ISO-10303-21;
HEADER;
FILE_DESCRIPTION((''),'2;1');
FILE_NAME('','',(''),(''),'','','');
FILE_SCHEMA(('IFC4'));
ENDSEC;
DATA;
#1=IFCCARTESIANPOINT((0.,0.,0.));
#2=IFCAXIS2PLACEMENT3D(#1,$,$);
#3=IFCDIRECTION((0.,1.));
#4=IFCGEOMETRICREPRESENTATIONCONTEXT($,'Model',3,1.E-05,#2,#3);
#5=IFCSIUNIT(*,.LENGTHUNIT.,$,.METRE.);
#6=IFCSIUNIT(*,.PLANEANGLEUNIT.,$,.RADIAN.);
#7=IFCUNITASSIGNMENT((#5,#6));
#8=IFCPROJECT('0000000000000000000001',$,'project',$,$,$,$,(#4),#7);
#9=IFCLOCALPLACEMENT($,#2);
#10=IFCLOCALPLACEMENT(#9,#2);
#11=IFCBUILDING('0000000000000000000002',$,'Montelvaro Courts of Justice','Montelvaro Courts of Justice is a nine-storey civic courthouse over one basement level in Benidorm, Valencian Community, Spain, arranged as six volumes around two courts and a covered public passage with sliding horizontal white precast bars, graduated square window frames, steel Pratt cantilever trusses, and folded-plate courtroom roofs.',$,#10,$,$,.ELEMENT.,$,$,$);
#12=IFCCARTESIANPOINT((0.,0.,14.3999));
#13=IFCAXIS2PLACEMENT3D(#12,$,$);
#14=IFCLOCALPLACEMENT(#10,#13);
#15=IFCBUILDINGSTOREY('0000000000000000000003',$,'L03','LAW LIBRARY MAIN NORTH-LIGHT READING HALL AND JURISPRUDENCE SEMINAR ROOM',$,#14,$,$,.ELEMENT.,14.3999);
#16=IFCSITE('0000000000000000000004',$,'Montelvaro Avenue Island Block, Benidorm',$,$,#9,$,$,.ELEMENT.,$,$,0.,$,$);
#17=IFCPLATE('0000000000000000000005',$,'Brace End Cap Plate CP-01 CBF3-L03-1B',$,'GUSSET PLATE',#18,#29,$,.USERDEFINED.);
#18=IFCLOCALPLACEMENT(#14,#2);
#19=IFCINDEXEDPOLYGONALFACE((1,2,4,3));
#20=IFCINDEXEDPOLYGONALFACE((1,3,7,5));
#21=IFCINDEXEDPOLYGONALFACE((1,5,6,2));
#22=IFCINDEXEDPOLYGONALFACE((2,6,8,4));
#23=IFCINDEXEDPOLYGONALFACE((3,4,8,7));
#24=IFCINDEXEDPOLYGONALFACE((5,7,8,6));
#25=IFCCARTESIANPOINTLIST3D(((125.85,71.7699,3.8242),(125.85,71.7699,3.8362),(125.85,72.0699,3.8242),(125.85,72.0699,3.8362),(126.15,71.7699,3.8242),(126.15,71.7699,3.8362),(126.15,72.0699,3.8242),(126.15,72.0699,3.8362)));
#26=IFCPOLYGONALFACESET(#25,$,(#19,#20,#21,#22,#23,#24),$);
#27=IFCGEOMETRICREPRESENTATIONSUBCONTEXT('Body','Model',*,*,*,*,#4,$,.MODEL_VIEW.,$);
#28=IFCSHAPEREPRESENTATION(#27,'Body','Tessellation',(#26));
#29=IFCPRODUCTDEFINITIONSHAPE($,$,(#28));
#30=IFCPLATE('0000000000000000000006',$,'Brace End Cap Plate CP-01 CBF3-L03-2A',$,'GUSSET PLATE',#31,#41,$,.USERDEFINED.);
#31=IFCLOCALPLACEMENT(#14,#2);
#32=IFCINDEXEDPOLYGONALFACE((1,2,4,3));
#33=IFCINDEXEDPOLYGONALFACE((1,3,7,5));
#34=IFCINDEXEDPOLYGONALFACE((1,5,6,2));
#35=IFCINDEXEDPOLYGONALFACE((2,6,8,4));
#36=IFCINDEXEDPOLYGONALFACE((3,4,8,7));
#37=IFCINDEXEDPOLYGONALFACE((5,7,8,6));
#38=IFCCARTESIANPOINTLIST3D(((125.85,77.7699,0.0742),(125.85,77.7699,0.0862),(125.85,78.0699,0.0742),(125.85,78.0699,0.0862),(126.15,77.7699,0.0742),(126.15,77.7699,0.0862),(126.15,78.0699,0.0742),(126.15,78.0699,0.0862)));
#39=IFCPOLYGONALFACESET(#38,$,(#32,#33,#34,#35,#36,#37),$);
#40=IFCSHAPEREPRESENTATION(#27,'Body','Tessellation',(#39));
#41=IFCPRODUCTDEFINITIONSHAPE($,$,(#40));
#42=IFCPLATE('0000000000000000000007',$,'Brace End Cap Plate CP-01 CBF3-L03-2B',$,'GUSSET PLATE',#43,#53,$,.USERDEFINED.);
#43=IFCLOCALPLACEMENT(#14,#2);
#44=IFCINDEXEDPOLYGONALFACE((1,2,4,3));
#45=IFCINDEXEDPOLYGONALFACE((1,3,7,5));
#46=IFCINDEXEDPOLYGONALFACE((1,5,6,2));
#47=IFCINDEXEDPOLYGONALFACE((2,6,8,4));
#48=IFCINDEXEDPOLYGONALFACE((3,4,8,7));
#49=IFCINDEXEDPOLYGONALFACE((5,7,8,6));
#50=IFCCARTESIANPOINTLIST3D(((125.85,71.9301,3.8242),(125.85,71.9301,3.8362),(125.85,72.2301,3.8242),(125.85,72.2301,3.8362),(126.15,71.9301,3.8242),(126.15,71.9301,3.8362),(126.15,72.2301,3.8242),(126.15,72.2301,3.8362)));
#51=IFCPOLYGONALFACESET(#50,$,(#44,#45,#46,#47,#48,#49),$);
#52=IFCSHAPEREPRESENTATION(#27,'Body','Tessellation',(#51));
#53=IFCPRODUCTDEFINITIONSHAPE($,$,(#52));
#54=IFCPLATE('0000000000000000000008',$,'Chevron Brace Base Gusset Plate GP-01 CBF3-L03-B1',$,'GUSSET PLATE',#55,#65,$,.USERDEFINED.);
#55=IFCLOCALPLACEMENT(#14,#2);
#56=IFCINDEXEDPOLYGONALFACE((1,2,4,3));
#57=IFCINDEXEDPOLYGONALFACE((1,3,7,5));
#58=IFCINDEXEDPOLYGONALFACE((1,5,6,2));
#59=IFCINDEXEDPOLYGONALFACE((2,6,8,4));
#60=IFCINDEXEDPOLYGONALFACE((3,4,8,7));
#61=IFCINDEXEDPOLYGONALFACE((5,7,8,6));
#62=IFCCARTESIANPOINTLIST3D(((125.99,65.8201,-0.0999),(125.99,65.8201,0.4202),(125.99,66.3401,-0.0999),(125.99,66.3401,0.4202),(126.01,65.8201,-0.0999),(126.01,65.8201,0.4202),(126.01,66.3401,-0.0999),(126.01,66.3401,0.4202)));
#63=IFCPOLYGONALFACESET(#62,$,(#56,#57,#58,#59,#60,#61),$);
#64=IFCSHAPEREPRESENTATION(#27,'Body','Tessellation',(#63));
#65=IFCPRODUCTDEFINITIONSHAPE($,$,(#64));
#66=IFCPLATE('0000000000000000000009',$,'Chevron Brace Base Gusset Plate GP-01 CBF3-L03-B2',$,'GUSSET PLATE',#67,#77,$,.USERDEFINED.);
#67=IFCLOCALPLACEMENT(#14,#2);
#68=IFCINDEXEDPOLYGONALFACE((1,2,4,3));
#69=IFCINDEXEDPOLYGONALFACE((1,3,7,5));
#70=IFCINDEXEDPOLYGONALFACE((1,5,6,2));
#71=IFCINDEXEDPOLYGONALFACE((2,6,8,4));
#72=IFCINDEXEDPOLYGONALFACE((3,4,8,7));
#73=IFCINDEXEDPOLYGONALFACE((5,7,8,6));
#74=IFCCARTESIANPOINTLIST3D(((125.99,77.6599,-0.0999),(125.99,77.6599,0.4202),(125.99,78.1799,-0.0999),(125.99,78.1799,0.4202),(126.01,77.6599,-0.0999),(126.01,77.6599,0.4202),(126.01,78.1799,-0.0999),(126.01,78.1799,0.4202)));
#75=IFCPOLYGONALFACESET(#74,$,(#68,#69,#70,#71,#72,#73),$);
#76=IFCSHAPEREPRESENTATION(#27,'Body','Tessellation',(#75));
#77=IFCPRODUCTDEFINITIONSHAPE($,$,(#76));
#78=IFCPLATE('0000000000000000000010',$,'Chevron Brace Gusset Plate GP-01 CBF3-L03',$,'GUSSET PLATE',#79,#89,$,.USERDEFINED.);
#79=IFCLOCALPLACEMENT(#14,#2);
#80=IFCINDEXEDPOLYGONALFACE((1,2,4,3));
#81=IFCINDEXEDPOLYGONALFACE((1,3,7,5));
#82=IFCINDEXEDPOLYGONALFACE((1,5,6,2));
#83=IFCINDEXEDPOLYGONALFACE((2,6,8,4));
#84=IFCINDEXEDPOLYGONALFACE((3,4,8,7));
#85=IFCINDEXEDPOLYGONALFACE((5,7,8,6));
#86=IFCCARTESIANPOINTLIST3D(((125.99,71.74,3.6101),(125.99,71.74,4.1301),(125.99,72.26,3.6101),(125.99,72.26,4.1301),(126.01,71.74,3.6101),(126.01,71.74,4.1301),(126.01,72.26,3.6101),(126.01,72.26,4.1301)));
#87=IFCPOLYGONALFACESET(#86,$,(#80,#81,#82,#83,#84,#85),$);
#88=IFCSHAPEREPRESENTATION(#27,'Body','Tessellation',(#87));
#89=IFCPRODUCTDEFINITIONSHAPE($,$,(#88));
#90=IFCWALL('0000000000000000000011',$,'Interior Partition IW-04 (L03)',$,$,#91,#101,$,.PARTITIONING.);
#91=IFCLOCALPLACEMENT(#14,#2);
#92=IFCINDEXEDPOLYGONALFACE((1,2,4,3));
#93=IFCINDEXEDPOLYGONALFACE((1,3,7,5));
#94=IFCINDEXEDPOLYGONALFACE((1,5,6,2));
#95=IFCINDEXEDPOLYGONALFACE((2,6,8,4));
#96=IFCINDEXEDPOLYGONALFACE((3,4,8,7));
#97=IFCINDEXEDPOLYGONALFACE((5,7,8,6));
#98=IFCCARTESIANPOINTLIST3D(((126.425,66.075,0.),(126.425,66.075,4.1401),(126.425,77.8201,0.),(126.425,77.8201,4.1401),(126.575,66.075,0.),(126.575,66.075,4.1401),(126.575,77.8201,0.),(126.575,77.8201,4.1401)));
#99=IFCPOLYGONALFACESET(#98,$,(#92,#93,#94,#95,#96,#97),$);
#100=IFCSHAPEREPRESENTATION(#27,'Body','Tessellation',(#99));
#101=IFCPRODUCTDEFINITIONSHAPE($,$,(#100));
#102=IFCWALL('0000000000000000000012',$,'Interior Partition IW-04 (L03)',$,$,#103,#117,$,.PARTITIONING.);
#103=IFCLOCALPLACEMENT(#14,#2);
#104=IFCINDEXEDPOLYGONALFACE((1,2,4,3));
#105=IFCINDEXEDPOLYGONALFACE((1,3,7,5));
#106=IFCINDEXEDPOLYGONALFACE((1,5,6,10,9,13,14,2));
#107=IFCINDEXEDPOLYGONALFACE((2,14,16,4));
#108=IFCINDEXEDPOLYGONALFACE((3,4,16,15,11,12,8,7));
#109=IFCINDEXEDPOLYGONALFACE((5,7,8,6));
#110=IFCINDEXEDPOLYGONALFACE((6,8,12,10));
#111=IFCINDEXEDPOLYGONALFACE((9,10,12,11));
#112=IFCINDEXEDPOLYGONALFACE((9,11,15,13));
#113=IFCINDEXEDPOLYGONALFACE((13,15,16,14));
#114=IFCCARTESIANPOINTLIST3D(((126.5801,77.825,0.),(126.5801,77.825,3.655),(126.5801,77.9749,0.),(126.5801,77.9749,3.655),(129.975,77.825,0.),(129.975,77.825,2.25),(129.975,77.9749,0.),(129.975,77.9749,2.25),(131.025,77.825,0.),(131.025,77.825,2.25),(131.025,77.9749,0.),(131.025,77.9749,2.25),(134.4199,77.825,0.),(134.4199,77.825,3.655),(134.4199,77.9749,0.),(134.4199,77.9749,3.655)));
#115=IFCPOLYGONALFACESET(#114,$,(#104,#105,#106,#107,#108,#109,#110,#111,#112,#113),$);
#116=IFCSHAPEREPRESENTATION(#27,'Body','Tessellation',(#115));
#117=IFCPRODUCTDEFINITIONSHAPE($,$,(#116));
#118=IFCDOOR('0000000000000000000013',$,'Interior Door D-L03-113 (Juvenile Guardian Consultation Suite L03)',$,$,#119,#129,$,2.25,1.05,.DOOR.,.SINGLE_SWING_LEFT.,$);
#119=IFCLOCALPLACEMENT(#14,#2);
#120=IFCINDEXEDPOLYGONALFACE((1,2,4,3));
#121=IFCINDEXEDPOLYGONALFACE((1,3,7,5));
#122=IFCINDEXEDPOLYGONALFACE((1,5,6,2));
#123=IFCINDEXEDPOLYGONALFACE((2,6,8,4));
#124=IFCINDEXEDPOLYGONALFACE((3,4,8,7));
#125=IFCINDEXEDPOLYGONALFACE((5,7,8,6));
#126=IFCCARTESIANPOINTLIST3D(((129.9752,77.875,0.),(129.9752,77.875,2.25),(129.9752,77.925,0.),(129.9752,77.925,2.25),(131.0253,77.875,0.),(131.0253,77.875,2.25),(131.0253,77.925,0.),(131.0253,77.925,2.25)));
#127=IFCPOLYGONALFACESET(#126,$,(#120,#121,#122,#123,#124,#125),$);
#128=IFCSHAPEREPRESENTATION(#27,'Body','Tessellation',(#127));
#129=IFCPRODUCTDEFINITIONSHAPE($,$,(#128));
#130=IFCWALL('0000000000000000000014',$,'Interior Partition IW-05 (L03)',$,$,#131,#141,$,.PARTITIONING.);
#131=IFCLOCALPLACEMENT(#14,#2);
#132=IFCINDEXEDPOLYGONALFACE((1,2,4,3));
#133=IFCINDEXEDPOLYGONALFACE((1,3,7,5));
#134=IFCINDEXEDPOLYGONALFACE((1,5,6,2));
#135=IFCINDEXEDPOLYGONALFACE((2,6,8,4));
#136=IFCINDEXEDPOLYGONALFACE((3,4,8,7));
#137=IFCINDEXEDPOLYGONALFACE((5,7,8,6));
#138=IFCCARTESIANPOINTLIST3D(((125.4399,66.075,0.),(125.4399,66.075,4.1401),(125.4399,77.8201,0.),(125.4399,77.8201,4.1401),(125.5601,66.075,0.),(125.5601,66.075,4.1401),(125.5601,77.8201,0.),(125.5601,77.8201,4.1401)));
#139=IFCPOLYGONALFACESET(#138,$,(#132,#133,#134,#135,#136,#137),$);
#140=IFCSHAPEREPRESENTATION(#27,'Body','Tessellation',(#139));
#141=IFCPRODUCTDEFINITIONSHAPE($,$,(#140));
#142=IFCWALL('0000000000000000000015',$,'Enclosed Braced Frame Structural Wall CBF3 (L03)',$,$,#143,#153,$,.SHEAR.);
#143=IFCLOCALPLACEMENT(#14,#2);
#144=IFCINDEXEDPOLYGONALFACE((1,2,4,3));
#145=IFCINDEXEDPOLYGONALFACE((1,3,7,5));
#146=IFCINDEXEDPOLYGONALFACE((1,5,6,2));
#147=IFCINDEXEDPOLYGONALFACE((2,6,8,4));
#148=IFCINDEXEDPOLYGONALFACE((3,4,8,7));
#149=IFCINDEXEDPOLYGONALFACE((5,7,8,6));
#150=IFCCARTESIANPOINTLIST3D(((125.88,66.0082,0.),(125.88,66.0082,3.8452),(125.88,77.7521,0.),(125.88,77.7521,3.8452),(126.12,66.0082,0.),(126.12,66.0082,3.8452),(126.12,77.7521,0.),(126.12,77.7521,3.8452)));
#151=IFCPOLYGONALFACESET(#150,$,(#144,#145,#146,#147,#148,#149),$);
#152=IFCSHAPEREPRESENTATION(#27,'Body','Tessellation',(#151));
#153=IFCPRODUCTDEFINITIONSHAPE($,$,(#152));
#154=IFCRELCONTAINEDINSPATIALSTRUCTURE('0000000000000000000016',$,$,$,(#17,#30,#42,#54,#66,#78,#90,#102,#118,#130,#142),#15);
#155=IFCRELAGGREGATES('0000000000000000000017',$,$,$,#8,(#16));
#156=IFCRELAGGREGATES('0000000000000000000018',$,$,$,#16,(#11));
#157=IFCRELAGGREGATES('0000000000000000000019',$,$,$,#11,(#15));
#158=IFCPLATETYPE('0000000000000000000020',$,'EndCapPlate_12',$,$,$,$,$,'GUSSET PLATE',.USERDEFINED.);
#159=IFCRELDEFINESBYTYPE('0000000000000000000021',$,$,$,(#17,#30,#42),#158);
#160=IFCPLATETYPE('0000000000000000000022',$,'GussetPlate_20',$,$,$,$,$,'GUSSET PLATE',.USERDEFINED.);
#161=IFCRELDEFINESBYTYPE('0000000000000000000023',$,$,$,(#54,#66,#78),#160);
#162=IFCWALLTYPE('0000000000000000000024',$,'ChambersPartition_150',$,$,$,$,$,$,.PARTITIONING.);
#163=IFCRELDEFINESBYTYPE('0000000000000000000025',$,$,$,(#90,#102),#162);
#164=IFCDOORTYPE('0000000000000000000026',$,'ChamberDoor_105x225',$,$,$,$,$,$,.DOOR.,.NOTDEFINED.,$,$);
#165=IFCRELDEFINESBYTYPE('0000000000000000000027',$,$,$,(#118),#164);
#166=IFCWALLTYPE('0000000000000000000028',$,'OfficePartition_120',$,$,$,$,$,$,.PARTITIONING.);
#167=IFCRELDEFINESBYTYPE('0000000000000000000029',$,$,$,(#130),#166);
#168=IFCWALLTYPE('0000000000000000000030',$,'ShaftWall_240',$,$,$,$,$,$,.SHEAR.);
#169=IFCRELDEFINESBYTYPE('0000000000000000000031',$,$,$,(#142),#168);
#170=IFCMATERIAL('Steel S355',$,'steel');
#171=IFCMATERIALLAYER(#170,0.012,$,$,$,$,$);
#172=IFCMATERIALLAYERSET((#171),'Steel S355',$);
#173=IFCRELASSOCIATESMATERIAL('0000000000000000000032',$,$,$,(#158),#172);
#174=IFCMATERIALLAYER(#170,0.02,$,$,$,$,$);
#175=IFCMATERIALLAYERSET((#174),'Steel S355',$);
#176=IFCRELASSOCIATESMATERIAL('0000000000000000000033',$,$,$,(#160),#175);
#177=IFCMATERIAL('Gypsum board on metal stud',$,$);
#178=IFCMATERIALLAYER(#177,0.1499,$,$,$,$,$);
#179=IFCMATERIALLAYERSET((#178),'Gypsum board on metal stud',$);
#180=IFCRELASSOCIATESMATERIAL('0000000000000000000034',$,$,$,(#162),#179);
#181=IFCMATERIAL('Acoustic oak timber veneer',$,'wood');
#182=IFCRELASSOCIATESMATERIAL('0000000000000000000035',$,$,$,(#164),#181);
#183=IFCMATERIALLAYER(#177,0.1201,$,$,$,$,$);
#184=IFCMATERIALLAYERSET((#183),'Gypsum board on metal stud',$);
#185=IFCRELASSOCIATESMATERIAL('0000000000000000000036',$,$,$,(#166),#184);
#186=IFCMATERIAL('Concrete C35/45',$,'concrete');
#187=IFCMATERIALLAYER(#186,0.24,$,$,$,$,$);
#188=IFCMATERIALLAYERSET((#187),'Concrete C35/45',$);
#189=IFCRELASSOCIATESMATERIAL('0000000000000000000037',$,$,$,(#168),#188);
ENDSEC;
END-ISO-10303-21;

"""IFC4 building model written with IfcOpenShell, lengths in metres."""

from ifc_helpers import new_model, si_unit, direction, frame, frame_2d, origin, origin_2d, place, context, subcontext, project, spatial, rectangle, extrude, material, layer, layer_set, type_object, element, fill, save


model = new_model("IFC4")

# Units and contexts
model_context = context("Model", 3, precision=1e-05, world=origin(), true_north=direction((0.0, 1.0)))
body_context = subcontext(model_context, "Body", "Model", "MODEL_VIEW")
ifc_project = project(units=[si_unit("LENGTHUNIT", "METRE"), si_unit("PLANEANGLEUNIT", "RADIAN")], contexts=[model_context])

# Site, building, storey
site_placement = place(None, origin())
site = spatial("IfcSite", under=ifc_project, at=site_placement, Name="Montelvaro Avenue Island Block, Benidorm", CompositionType="ELEMENT", RefElevation=0.0)
building_placement = place(site_placement, origin())
building = spatial("IfcBuilding", under=site, at=building_placement, Name="Montelvaro Courts of Justice", Description="Montelvaro Courts of Justice is a nine-storey civic courthouse over one basement level in Benidorm, Valencian Community, Spain, arranged as six volumes around two courts and a covered public passage with sliding horizontal white precast bars, graduated square window frames, steel Pratt cantilever trusses, and folded-plate courtroom roofs.", CompositionType="ELEMENT")
storey_placement = place(building_placement, frame((0.0, 0.0, 14.3999)))
storey = spatial("IfcBuildingStorey", under=building, at=storey_placement, Name="L03", Description="LAW LIBRARY MAIN NORTH-LIGHT READING HALL AND JURISPRUDENCE SEMINAR ROOM", CompositionType="ELEMENT", Elevation=14.3999)

# Shared definitions
ifc_material_1 = material(Name="Steel S355", Category="steel")

# Plates
ifc_layer_1 = layer(ifc_material_1, 0.012)
ifc_layer_set_1 = layer_set([ifc_layer_1], Name="Steel S355")
plate_type_1 = type_object("IfcPlateType", Name="EndCapPlate_12", ElementType="GUSSET PLATE", PredefinedType="USERDEFINED", material=ifc_layer_set_1)
for number, where, z_axis, x_axis, name in (
    (1, (126.0, 71.9199, 3.8242), (0.0, 0.0, 1.0), (1.0, 0.0, 0.0), "Brace End Cap Plate CP-01 CBF3-L03-1B"),
    (2, (126.0, 77.9199, 0.0742), (0.0, 0.0, 1.0), (1.0, 0.0, 0.0), "Brace End Cap Plate CP-01 CBF3-L03-2A"),
    (3, (126.0, 72.0801, 3.8242), (0.0, 0.0, 1.0), (1.0, 0.0, 0.0), "Brace End Cap Plate CP-01 CBF3-L03-2B"),
):
    element("IfcPlate", number, at=place(storey_placement, frame(where, z_axis=z_axis, x_axis=x_axis)), inside=storey, type_object=plate_type_1, Name=name, ObjectType="GUSSET PLATE", PredefinedType="USERDEFINED", context=body_context, shape_type="SweptSolid", body=[
        extrude(rectangle(XDim=0.3, YDim=0.3, at=origin_2d()), origin(), (0.0, 0.0, 1.0), 0.012),
    ])
ifc_layer_2 = layer(ifc_material_1, 0.02)
ifc_layer_set_2 = layer_set([ifc_layer_2], Name="Steel S355")
plate_type_2 = type_object("IfcPlateType", Name="GussetPlate_20", ElementType="GUSSET PLATE", PredefinedType="USERDEFINED", material=ifc_layer_set_2)
for number, where, z_axis, x_axis, name in (
    (4, (126.0, 66.0801, -0.0999), (0.0, 0.0, 1.0), (1.0, 0.0, 0.0), "Chevron Brace Base Gusset Plate GP-01 CBF3-L03-B1"),
    (5, (126.0, 77.9199, -0.0999), (0.0, 0.0, 1.0), (1.0, 0.0, 0.0), "Chevron Brace Base Gusset Plate GP-01 CBF3-L03-B2"),
    (6, (126.0, 72.0, 3.6101), (0.0, 0.0, 1.0), (1.0, 0.0, 0.0), "Chevron Brace Gusset Plate GP-01 CBF3-L03"),
):
    element("IfcPlate", number, at=place(storey_placement, frame(where, z_axis=z_axis, x_axis=x_axis)), inside=storey, type_object=plate_type_2, Name=name, ObjectType="GUSSET PLATE", PredefinedType="USERDEFINED", context=body_context, shape_type="SweptSolid", body=[
        extrude(rectangle(XDim=0.02, YDim=0.52, at=origin_2d()), origin(), (0.0, 0.0, 1.0), 0.52),
    ])

# Wall
ifc_material_2 = material(Name="Gypsum board on metal stud")
ifc_layer_3 = layer(ifc_material_2, 0.1499)
ifc_layer_set_3 = layer_set([ifc_layer_3], Name="Gypsum board on metal stud")
wall_type_1 = type_object("IfcWallType", Name="ChambersPartition_150", PredefinedType="PARTITIONING", material=ifc_layer_set_3)
wall_1_placement = place(storey_placement, frame((126.5, 66.075, 0.0), z_axis=(0.0, 0.0, 1.0), x_axis=(0.0, 1.0, 0.0)))
element("IfcWall", 7, at=wall_1_placement, inside=storey, type_object=wall_type_1, Name="Interior Partition IW-04 (L03)", PredefinedType="PARTITIONING", context=body_context, shape_type="SweptSolid", body=[
    extrude(rectangle(XDim=11.7451, YDim=0.1499, at=frame_2d((5.8726, 0.0))), origin(), (0.0, 0.0, 1.0), 4.1401),
])

# Wall, opening, door
wall_2_placement = place(storey_placement, frame((126.5801, 77.8999, 0.0), z_axis=(0.0, 0.0, 1.0), x_axis=(1.0, 0.0, 0.0)))
wall_2 = element("IfcWall", 8, at=wall_2_placement, inside=storey, type_object=wall_type_1, Name="Interior Partition IW-04 (L03)", PredefinedType="PARTITIONING", context=body_context, shape_type="SweptSolid", body=[
    extrude(rectangle(XDim=7.8398, YDim=0.1499, at=frame_2d((3.9199, 0.0))), origin(), (0.0, 0.0, 1.0), 3.655),
])
opening_placement = place(wall_2_placement, frame((3.395, 0.0, 0.0)))
opening = element("IfcOpeningElement", 9, at=opening_placement, cuts=wall_2, PredefinedType="OPENING", context=body_context, shape_type="SweptSolid", body=[
    extrude(rectangle(XDim=1.05, YDim=2.25, at=frame_2d((0.5249, 1.125))), frame((0.0, 0.0898, 0.0), z_axis=(0.0, -1.0, 0.0), x_axis=(1.0, 0.0, 0.0)), (0.0, 0.0, 1.0), 0.1797),
])
ifc_material_3 = material(Name="Acoustic oak timber veneer", Category="wood")
door_type = type_object("IfcDoorType", Name="ChamberDoor_105x225", OperationType="NOTDEFINED", PredefinedType="DOOR", material=ifc_material_3)
door_placement = place(opening_placement, frame((1.05, 0.0, 0.0), z_axis=(0.0, 0.0, 1.0), x_axis=(-1.0, 0.0, 0.0)))
door = element("IfcDoor", 10, at=door_placement, inside=storey, type_object=door_type, Name="Interior Door D-L03-113 (Juvenile Guardian Consultation Suite L03)", OperationType="SINGLE_SWING_LEFT", OverallHeight=2.25, OverallWidth=1.05, PredefinedType="DOOR", context=body_context, shape_type="SweptSolid", body=[
    extrude(rectangle(XDim=1.05, YDim=2.25, at=frame_2d((0.5249, 1.125))), frame((0.0, 0.0249, 0.0), z_axis=(0.0, -1.0, 0.0), x_axis=(1.0, 0.0, 0.0)), (0.0, 0.0, 1.0), 0.05),
])
fill(opening, door)

# Walls
ifc_layer_4 = layer(ifc_material_2, 0.1201)
ifc_layer_set_4 = layer_set([ifc_layer_4], Name="Gypsum board on metal stud")
wall_type_2 = type_object("IfcWallType", Name="OfficePartition_120", PredefinedType="PARTITIONING", material=ifc_layer_set_4)
wall_3_placement = place(storey_placement, frame((125.5, 77.8201, 0.0), z_axis=(0.0, 0.0, 1.0), x_axis=(0.0, -1.0, 0.0)))
element("IfcWall", 11, at=wall_3_placement, inside=storey, type_object=wall_type_2, Name="Interior Partition IW-05 (L03)", PredefinedType="PARTITIONING", context=body_context, shape_type="SweptSolid", body=[
    extrude(rectangle(XDim=11.7451, YDim=0.1201, at=frame_2d((5.8726, 0.0))), origin(), (0.0, 0.0, 1.0), 4.1401),
])
ifc_material_4 = material(Name="Concrete C35/45", Category="concrete")
ifc_layer_5 = layer(ifc_material_4, 0.24)
ifc_layer_set_5 = layer_set([ifc_layer_5], Name="Concrete C35/45")
wall_type_3 = type_object("IfcWallType", Name="ShaftWall_240", PredefinedType="SHEAR", material=ifc_layer_set_5)
wall_4_placement = place(storey_placement, frame((126.0, 66.0081, 0.0), z_axis=(0.0, 0.0, 1.0), x_axis=(0.0, 1.0, 0.0)))
element("IfcWall", 12, at=wall_4_placement, inside=storey, type_object=wall_type_3, Name="Enclosed Braced Frame Structural Wall CBF3 (L03)", PredefinedType="SHEAR", context=body_context, shape_type="SweptSolid", body=[
    extrude(rectangle(XDim=11.7439, YDim=0.24, at=frame_2d((5.8721, 0.0))), origin(), (0.0, 0.0, 1.0), 3.8452),
])

save(model, "model.ifc")
